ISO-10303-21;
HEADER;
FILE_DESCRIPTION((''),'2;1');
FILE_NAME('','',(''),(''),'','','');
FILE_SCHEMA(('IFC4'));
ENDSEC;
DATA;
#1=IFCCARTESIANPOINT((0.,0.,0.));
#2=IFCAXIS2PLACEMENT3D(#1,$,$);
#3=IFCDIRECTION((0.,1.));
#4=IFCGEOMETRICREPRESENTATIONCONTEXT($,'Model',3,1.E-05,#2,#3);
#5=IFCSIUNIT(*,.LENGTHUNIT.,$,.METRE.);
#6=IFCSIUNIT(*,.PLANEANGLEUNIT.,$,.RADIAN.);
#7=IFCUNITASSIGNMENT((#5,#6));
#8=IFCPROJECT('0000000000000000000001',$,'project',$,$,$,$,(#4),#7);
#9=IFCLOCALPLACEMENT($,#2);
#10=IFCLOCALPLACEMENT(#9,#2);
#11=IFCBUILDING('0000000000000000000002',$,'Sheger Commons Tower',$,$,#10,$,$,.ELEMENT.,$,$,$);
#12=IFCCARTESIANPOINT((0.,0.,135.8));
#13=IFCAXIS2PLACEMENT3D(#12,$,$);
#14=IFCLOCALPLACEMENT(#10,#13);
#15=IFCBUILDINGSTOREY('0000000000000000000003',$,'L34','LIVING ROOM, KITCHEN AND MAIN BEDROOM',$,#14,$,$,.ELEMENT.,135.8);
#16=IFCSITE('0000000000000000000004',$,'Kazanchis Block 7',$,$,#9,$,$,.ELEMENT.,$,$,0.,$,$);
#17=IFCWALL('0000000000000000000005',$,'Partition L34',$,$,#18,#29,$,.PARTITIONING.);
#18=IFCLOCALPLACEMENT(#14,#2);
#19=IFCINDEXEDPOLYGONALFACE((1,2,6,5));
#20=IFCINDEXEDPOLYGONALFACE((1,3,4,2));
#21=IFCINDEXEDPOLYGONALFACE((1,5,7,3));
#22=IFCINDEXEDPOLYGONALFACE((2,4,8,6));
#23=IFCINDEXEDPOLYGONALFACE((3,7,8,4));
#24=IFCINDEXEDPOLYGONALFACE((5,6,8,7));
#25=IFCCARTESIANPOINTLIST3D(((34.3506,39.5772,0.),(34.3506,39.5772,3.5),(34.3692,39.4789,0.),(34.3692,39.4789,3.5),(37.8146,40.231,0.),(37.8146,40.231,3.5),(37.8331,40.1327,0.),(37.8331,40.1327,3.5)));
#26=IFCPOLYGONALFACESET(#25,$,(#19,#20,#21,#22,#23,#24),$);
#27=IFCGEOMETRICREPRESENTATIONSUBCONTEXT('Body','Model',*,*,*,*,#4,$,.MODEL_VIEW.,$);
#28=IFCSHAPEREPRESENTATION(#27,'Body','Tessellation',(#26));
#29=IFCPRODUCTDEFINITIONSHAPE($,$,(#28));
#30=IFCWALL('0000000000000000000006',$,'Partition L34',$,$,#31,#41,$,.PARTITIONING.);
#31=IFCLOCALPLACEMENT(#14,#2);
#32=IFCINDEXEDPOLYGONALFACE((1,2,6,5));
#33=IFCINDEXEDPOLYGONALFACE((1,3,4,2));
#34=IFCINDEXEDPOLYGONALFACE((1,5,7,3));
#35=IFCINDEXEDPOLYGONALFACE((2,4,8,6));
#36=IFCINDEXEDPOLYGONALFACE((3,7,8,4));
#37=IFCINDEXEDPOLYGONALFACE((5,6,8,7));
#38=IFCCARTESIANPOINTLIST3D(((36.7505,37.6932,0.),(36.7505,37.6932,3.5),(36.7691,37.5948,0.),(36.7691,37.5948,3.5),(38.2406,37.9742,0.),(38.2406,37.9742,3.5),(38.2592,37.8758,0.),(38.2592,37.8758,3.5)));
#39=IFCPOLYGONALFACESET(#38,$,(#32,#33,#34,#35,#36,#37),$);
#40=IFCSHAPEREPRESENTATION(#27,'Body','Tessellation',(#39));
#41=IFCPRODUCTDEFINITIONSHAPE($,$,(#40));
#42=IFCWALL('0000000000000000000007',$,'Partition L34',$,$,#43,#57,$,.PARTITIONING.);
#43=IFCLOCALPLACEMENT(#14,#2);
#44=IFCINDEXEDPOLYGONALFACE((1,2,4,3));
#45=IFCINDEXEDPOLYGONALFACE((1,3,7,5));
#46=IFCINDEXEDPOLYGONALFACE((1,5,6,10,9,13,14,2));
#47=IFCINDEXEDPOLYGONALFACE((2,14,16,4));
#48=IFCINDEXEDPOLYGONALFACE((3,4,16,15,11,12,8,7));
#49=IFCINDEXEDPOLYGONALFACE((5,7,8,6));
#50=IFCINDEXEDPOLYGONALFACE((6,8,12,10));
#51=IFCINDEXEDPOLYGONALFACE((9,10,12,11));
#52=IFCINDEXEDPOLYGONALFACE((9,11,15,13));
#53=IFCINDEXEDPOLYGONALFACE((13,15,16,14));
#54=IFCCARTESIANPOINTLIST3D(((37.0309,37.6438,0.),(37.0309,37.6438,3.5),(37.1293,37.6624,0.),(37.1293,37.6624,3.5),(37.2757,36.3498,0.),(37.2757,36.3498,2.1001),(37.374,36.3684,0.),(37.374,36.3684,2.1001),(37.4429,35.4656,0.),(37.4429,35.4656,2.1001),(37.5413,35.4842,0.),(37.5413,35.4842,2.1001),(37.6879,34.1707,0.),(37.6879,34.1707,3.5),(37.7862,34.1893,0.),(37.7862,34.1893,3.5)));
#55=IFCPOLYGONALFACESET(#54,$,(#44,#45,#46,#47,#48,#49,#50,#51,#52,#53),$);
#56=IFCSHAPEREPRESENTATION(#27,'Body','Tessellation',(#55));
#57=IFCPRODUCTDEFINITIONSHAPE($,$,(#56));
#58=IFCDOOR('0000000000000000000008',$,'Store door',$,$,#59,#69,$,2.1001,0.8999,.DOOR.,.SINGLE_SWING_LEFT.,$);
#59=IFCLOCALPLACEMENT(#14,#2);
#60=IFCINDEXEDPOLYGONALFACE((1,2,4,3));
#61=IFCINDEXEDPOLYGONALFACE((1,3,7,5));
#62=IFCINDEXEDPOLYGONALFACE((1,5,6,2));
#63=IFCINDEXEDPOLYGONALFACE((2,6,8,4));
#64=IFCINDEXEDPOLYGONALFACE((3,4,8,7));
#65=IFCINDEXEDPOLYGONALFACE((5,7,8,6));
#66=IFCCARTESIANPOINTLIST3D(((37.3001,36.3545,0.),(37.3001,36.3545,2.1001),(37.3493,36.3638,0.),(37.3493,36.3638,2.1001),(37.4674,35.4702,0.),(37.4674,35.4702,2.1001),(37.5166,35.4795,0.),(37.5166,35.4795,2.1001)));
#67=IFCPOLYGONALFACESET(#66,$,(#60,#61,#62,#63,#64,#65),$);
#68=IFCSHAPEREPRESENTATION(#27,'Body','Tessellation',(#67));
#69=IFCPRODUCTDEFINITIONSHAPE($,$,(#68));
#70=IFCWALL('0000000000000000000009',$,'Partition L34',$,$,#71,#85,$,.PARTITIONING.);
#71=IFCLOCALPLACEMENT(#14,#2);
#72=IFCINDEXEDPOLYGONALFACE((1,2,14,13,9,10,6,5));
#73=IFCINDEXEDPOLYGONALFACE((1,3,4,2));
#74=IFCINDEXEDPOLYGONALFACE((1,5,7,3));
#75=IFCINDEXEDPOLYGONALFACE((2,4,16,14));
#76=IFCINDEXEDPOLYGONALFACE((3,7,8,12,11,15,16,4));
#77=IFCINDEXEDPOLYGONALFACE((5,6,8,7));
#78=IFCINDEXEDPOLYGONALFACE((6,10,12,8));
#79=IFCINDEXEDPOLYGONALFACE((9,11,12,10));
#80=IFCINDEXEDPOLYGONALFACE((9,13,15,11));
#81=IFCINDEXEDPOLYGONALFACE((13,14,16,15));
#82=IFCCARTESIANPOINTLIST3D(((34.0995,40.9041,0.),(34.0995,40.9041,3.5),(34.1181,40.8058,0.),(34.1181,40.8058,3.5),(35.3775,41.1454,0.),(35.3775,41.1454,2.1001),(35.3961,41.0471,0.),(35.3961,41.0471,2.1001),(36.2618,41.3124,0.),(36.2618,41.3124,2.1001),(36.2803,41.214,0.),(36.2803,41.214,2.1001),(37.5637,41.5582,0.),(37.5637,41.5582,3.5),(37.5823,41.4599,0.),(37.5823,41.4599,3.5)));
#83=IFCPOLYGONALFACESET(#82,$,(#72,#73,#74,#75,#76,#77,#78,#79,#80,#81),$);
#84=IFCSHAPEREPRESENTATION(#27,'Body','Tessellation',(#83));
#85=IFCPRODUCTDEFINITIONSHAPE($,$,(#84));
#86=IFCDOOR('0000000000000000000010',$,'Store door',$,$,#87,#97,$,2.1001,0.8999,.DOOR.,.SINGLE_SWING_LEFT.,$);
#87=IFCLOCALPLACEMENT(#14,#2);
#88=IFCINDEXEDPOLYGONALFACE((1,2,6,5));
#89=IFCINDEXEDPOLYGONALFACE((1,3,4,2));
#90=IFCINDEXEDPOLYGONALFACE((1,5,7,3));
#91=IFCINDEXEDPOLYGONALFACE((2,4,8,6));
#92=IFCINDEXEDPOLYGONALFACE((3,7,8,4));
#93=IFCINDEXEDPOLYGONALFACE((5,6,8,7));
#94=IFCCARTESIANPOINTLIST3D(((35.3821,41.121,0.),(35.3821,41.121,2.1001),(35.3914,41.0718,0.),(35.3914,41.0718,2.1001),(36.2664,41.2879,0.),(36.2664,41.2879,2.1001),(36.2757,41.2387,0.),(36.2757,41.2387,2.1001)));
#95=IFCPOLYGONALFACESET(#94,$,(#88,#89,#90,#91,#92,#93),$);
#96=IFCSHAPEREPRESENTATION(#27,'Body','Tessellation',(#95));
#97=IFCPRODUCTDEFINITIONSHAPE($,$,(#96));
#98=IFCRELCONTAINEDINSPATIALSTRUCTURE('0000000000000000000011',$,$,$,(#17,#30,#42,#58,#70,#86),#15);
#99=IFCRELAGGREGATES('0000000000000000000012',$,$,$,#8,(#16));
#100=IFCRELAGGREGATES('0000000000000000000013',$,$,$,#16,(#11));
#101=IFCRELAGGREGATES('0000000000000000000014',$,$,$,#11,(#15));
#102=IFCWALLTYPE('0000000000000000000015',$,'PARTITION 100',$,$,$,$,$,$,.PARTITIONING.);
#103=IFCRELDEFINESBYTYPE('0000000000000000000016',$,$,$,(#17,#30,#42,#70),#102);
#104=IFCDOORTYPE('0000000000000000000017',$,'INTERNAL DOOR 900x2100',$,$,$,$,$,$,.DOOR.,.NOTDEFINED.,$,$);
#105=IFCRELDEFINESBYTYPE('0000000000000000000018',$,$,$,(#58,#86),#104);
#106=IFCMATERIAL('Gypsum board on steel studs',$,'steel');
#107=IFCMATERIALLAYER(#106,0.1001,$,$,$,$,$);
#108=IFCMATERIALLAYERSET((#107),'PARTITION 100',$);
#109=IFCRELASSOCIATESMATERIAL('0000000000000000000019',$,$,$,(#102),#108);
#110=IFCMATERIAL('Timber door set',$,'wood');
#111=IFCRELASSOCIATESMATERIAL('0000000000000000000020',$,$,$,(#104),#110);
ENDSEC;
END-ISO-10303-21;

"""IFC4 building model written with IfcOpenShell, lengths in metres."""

from ifc_helpers import new_model, si_unit, direction, frame, frame_2d, origin, place, context, subcontext, project, spatial, rectangle, extrude, material, layer, layer_set, type_object, element, fill, save


model = new_model("IFC4")

# Units and contexts
model_context = context("Model", 3, precision=1e-05, world=origin(), true_north=direction((0.0, 1.0)))
body_context = subcontext(model_context, "Body", "Model", "MODEL_VIEW")
ifc_project = project(units=[si_unit("LENGTHUNIT", "METRE"), si_unit("PLANEANGLEUNIT", "RADIAN")], contexts=[model_context])

# Site, building, storey
site_placement = place(None, origin())
site = spatial("IfcSite", under=ifc_project, at=site_placement, Name="Kazanchis Block 7", CompositionType="ELEMENT", RefElevation=0.0)
building_placement = place(site_placement, origin())
building = spatial("IfcBuilding", under=site, at=building_placement, Name="Sheger Commons Tower", CompositionType="ELEMENT")
storey_placement = place(building_placement, frame((0.0, 0.0, 135.8)))
storey = spatial("IfcBuildingStorey", under=building, at=storey_placement, Name="L34", Description="LIVING ROOM, KITCHEN AND MAIN BEDROOM", CompositionType="ELEMENT", Elevation=135.8)

# Shared definitions
ifc_material_1 = material(Name="Gypsum board on steel studs", Category="steel")
ifc_layer = layer(ifc_material_1, 0.1001)
ifc_layer_set = layer_set([ifc_layer], Name="PARTITION 100")
wall_type = type_object("IfcWallType", Name="PARTITION 100", PredefinedType="PARTITIONING", material=ifc_layer_set)

# Shared definitions
ifc_material_2 = material(Name="Timber door set", Category="wood")
door_type = type_object("IfcDoorType", Name="INTERNAL DOOR 900x2100", OperationType="NOTDEFINED", PredefinedType="DOOR", material=ifc_material_2)

# Walls
wall_1_placement = place(storey_placement, frame((37.824, 40.1819, 0.0), z_axis=(0.0, 0.0, 1.0), x_axis=(-0.982649, -0.185476, 0.0)))
element("IfcWall", 1, at=wall_1_placement, inside=storey, type_object=wall_type, Name="Partition L34", PredefinedType="PARTITIONING", context=body_context, shape_type="SweptSolid", body=[
    extrude(rectangle(XDim=3.5251, YDim=0.1001, at=frame_2d((1.7627, 0.0))), origin(), (0.0, 0.0, 1.0), 3.5),
])
wall_2_placement = place(storey_placement, frame((38.25, 37.925, 0.0), z_axis=(0.0, 0.0, 1.0), x_axis=(-0.982677, -0.185329, 0.0)))
element("IfcWall", 2, at=wall_2_placement, inside=storey, type_object=wall_type, Name="Partition L34", PredefinedType="PARTITIONING", context=body_context, shape_type="SweptSolid", body=[
    extrude(rectangle(XDim=1.5164, YDim=0.1001, at=frame_2d((0.7583, 0.0))), origin(), (0.0, 0.0, 1.0), 3.5),
])

# Walls, openings, doors
wall_3_placement = place(storey_placement, frame((37.0801, 37.6531, 0.0), z_axis=(0.0, 0.0, 1.0), x_axis=(0.185865, -0.982575, 0.0)))
wall_3 = element("IfcWall", 3, at=wall_3_placement, inside=storey, type_object=wall_type, Name="Partition L34", PredefinedType="PARTITIONING", context=body_context, shape_type="SweptSolid", body=[
    extrude(rectangle(XDim=3.5347, YDim=0.1001, at=frame_2d((1.7673, 0.0))), origin(), (0.0, 0.0, 1.0), 3.5),
])
opening_1_placement = place(wall_3_placement, frame((1.3169, 0.0, 0.0)))
opening_1 = element("IfcOpeningElement", 4, at=opening_1_placement, cuts=wall_3, PredefinedType="OPENING", context=body_context, shape_type="SweptSolid", body=[
    extrude(rectangle(XDim=0.8999, YDim=2.1001, at=frame_2d((0.45, 1.05))), frame((0.0, 0.0601, 0.0), z_axis=(0.0, -1.0, 0.0), x_axis=(1.0, 0.0, 0.0)), (0.0, 0.0, 1.0), 0.1201),
])
door_1_placement = place(opening_1_placement, origin())
door_1 = element("IfcDoor", 5, at=door_1_placement, inside=storey, type_object=door_type, Name="Store door", OperationType="SINGLE_SWING_LEFT", OverallHeight=2.1001, OverallWidth=0.8999, PredefinedType="DOOR", context=body_context, shape_type="SweptSolid", body=[
    extrude(rectangle(XDim=0.8999, YDim=2.1001, at=frame_2d((0.45, 1.05))), frame((0.0, 0.0249, 0.0), z_axis=(0.0, -1.0, 0.0), x_axis=(1.0, 0.0, 0.0)), (0.0, 0.0, 1.0), 0.05),
])
fill(opening_1, door_1)
wall_4_placement = place(storey_placement, frame((37.573, 41.509, 0.0), z_axis=(0.0, 0.0, 1.0), x_axis=(-0.982639, -0.18553, 0.0)))
wall_4 = element("IfcWall", 6, at=wall_4_placement, inside=storey, type_object=wall_type, Name="Partition L34", PredefinedType="PARTITIONING", context=body_context, shape_type="SweptSolid", body=[
    extrude(rectangle(XDim=3.5254, YDim=0.1001, at=frame_2d((1.7627, 0.0))), origin(), (0.0, 0.0, 1.0), 3.5),
])
opening_2_placement = place(wall_4_placement, frame((1.325, 0.0, 0.0)))
opening_2 = element("IfcOpeningElement", 7, at=opening_2_placement, cuts=wall_4, PredefinedType="OPENING", context=body_context, shape_type="SweptSolid", body=[
    extrude(rectangle(XDim=0.8999, YDim=2.1001, at=frame_2d((0.45, 1.05))), frame((0.0, 0.0601, 0.0), z_axis=(0.0, -1.0, 0.0), x_axis=(1.0, 0.0, 0.0)), (0.0, 0.0, 1.0), 0.1201),
])
door_2_placement = place(opening_2_placement, origin())
door_2 = element("IfcDoor", 8, at=door_2_placement, inside=storey, type_object=door_type, Name="Store door", OperationType="SINGLE_SWING_LEFT", OverallHeight=2.1001, OverallWidth=0.8999, PredefinedType="DOOR", context=body_context, shape_type="SweptSolid", body=[
    extrude(rectangle(XDim=0.8999, YDim=2.1001, at=frame_2d((0.45, 1.05))), frame((0.0, 0.0249, 0.0), z_axis=(0.0, -1.0, 0.0), x_axis=(1.0, 0.0, 0.0)), (0.0, 0.0, 1.0), 0.05),
])
fill(opening_2, door_2)

save(model, "model.ifc")
